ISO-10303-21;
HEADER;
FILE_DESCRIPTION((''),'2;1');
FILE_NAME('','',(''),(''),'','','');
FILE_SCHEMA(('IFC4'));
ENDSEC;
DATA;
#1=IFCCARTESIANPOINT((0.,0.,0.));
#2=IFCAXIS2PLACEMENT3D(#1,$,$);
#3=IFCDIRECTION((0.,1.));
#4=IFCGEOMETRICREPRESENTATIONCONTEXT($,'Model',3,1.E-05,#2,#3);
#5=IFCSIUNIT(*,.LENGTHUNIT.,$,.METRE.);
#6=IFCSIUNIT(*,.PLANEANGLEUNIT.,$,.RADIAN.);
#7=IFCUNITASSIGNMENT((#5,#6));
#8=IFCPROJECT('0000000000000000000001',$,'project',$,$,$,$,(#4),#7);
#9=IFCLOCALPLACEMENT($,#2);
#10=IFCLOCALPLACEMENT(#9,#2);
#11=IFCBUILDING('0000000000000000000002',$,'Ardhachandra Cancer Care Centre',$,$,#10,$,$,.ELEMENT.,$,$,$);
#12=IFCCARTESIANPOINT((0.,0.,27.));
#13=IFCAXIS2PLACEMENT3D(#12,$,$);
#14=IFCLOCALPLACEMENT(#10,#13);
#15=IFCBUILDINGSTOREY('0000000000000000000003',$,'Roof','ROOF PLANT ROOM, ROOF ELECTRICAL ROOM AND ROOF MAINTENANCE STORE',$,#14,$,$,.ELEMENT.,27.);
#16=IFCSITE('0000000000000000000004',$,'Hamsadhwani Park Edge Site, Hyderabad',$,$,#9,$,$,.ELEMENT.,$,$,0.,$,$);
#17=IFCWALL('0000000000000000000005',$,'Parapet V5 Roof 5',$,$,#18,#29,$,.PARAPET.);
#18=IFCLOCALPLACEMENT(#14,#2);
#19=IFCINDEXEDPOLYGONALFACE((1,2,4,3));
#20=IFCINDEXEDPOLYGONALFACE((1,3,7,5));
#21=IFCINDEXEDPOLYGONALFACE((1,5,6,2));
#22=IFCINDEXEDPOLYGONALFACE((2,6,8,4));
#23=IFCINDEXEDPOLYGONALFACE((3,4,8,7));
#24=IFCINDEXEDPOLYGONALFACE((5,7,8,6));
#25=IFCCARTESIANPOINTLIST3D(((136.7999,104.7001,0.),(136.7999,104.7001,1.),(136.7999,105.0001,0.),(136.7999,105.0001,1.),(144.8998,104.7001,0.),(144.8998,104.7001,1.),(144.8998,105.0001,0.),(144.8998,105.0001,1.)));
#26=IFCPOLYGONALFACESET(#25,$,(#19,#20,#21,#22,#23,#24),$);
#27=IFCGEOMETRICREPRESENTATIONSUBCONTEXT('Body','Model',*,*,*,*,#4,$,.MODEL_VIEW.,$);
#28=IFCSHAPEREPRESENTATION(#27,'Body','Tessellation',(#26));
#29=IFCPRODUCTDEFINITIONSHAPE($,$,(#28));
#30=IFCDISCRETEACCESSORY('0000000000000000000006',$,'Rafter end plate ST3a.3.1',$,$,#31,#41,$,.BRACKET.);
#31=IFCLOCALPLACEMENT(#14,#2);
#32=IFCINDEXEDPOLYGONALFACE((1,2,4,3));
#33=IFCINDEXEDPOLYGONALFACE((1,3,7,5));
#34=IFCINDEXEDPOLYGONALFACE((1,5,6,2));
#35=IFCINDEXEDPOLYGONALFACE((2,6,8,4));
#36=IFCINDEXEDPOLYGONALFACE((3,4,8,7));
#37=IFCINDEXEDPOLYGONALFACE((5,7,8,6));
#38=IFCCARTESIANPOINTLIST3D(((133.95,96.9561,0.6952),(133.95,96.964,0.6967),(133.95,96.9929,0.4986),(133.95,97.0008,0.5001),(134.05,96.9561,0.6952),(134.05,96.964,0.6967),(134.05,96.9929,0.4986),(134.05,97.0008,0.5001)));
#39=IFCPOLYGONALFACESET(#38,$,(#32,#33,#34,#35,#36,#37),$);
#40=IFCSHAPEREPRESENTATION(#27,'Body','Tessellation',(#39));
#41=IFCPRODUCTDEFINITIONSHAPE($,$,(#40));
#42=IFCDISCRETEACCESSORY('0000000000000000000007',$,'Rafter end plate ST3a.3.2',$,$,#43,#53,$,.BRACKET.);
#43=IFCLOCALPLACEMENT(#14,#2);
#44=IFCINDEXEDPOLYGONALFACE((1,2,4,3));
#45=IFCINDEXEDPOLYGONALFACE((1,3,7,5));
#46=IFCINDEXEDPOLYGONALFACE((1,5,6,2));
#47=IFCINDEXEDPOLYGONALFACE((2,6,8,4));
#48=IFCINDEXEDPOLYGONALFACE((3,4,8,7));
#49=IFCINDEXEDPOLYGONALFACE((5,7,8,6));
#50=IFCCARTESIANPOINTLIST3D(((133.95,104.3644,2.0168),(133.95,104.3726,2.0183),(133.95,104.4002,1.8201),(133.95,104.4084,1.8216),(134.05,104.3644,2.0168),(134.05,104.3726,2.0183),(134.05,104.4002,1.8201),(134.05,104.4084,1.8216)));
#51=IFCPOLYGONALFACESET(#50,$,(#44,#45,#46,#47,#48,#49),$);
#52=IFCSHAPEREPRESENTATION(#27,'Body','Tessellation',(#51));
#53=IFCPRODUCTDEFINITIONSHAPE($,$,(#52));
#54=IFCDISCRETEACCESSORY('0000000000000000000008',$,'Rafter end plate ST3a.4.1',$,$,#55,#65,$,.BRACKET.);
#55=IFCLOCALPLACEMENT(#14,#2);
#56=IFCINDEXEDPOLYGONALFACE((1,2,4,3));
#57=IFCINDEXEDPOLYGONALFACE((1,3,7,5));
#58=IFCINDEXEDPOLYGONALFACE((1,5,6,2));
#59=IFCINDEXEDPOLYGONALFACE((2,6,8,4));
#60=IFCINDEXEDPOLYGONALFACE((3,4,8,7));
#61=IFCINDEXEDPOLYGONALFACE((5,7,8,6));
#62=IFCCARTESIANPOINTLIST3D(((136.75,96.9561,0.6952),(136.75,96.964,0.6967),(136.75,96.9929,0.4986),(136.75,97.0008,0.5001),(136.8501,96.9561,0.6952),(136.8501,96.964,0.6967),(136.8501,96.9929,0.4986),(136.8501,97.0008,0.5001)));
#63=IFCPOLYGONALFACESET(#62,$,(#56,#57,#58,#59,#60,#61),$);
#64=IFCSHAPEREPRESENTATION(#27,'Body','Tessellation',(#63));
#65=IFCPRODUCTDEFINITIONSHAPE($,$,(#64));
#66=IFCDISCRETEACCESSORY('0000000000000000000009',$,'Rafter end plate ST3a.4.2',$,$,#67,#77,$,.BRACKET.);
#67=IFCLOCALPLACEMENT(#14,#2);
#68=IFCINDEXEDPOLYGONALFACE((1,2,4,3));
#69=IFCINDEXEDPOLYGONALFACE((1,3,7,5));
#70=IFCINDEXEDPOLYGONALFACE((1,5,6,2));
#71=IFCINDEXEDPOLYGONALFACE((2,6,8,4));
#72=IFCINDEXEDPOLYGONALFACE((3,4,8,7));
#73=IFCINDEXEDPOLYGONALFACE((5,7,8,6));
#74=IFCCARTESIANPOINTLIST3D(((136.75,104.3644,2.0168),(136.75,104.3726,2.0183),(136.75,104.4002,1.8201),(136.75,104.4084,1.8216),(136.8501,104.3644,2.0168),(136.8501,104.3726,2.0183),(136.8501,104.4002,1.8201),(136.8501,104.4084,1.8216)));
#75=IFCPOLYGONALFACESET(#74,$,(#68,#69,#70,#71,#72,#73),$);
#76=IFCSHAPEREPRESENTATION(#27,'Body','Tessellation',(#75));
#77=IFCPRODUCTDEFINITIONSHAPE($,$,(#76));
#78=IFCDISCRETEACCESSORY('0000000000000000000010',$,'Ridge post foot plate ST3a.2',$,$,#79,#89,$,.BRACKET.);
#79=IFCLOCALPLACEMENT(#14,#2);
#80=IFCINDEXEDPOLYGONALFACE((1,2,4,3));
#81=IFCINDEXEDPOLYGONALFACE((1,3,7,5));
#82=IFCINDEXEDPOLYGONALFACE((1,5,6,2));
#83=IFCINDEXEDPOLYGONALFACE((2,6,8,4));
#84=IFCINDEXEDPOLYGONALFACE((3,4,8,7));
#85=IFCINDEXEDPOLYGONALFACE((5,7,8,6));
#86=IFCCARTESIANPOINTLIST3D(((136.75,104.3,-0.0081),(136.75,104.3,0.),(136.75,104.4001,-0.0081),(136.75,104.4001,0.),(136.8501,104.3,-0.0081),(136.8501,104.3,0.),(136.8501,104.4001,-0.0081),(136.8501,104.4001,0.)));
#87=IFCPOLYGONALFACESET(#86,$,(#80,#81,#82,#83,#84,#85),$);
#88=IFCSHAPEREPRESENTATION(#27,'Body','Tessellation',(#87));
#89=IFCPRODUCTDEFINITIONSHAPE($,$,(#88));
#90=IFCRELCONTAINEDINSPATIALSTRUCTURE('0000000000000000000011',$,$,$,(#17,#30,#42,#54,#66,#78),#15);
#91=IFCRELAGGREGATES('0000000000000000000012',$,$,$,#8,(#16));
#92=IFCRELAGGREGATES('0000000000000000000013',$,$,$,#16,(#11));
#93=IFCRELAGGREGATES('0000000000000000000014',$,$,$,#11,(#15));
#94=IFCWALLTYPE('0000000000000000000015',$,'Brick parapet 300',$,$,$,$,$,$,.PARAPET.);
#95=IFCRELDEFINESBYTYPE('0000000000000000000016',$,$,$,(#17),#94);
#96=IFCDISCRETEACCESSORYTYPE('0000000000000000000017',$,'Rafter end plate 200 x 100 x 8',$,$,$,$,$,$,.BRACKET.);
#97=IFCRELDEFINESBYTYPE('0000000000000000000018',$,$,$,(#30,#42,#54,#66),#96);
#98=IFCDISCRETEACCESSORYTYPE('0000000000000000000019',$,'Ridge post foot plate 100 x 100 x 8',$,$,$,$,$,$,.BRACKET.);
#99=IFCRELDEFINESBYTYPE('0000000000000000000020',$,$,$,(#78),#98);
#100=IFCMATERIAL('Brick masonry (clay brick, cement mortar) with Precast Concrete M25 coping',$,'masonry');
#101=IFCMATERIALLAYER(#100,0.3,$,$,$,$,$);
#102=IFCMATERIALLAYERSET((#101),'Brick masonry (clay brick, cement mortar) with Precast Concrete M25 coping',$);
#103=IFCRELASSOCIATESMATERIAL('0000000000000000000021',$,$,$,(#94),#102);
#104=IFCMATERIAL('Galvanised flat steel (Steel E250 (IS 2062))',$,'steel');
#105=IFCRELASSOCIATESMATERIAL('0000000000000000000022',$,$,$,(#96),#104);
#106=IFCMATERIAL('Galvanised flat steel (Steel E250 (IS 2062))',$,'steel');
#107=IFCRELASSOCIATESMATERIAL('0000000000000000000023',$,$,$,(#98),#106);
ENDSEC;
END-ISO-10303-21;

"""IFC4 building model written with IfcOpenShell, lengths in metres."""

from ifc_helpers import new_model, si_unit, direction, frame, frame_2d, origin, origin_2d, place, context, subcontext, project, spatial, rectangle, extrude, material, layer, layer_set, material_profile, profile_set, type_object, element, save


model = new_model("IFC4")

# Units and contexts
model_context = context("Model", 3, precision=1e-05, world=origin(), true_north=direction((0.0, 1.0)))
body_context = subcontext(model_context, "Body", "Model", "MODEL_VIEW")
ifc_project = project(units=[si_unit("LENGTHUNIT", "METRE"), si_unit("PLANEANGLEUNIT", "RADIAN")], contexts=[model_context])

# Site, building, storey
site_placement = place(None, origin())
site = spatial("IfcSite", under=ifc_project, at=site_placement, Name="Hamsadhwani Park Edge Site, Hyderabad", CompositionType="ELEMENT", RefElevation=0.0)
building_placement = place(site_placement, origin())
building = spatial("IfcBuilding", under=site, at=building_placement, Name="Ardhachandra Cancer Care Centre", CompositionType="ELEMENT")
storey_placement = place(building_placement, frame((0.0, 0.0, 27.0)))
storey = spatial("IfcBuildingStorey", under=building, at=storey_placement, Name="Roof", Description="ROOF PLANT ROOM, ROOF ELECTRICAL ROOM AND ROOF MAINTENANCE STORE", CompositionType="ELEMENT", Elevation=27.0)

# Wall
ifc_material_1 = material(Name="Brick masonry (clay brick, cement mortar) with Precast Concrete M25 coping", Category="masonry")
ifc_layer_1 = layer(ifc_material_1, 0.3)
ifc_layer_set_1 = layer_set([ifc_layer_1], Name="Brick masonry (clay brick, cement mortar) with Precast Concrete M25 coping")
wall_type = type_object("IfcWallType", Name="Brick parapet 300", PredefinedType="PARAPET", material=ifc_layer_set_1)
wall_placement = place(storey_placement, frame((136.8, 104.8501, 0.0), z_axis=(0.0, 0.0, 1.0), x_axis=(1.0, 0.0, 0.0)))
element("IfcWall", 1, at=wall_placement, inside=storey, type_object=wall_type, Name="Parapet V5 Roof 5", PredefinedType="PARAPET", context=body_context, shape_type="SweptSolid", body=[
    extrude(rectangle(XDim=8.0999, YDim=0.3, at=frame_2d((4.0498, 0.0))), origin(), (0.0, 0.0, 1.0), 1.0),
])

# Discrete accessories
ifc_material_2 = material(Name="Galvanised flat steel (Steel E250 (IS 2062))", Category="steel")
ifc_material_profile_1 = material_profile(ifc_material_2, rectangle(XDim=0.1001, YDim=0.2, at=origin_2d()), Name="Rafter end plate 200 x 100 x 8")
ifc_profile_set_1 = profile_set([ifc_material_profile_1], Name="Galvanised flat steel (Steel E250 (IS 2062))")
discrete_accessory_type_1 = type_object("IfcDiscreteAccessoryType", Name="Rafter end plate 200 x 100 x 8", PredefinedType="BRACKET", material=ifc_profile_set_1)
discrete_accessory_1_placement = place(storey_placement, frame((134.0, 96.9824, 0.5984), z_axis=(0.0, -0.982872, -0.184289), x_axis=(1.0, 0.0, 0.0)))
element("IfcDiscreteAccessory", 2, at=discrete_accessory_1_placement, inside=storey, type_object=discrete_accessory_type_1, Name="Rafter end plate ST3a.3.1", PredefinedType="BRACKET", context=body_context, shape_type="SweptSolid", body=[
    extrude(rectangle(XDim=0.1001, YDim=0.2, at=origin_2d()), origin(), (0.0, 0.0, 1.0), 0.0081),
])
discrete_accessory_2_placement = place(storey_placement, frame((134.0, 104.3823, 1.9185), z_axis=(0.0, 0.98387, 0.178885), x_axis=(-1.0, 0.0, 0.0)))
element("IfcDiscreteAccessory", 3, at=discrete_accessory_2_placement, inside=storey, type_object=discrete_accessory_type_1, Name="Rafter end plate ST3a.3.2", PredefinedType="BRACKET", context=body_context, shape_type="SweptSolid", body=[
    extrude(rectangle(XDim=0.1001, YDim=0.2, at=origin_2d()), origin(), (0.0, 0.0, 1.0), 0.0083),
])
discrete_accessory_3_placement = place(storey_placement, frame((136.8, 96.9824, 0.5984), z_axis=(0.0, -0.982872, -0.184289), x_axis=(1.0, 0.0, 0.0)))
element("IfcDiscreteAccessory", 4, at=discrete_accessory_3_placement, inside=storey, type_object=discrete_accessory_type_1, Name="Rafter end plate ST3a.4.1", PredefinedType="BRACKET", context=body_context, shape_type="SweptSolid", body=[
    extrude(rectangle(XDim=0.1001, YDim=0.2, at=origin_2d()), origin(), (0.0, 0.0, 1.0), 0.0081),
])
discrete_accessory_4_placement = place(storey_placement, frame((136.8, 104.3823, 1.9185), z_axis=(0.0, 0.98387, 0.178885), x_axis=(-1.0, 0.0, 0.0)))
element("IfcDiscreteAccessory", 5, at=discrete_accessory_4_placement, inside=storey, type_object=discrete_accessory_type_1, Name="Rafter end plate ST3a.4.2", PredefinedType="BRACKET", context=body_context, shape_type="SweptSolid", body=[
    extrude(rectangle(XDim=0.1001, YDim=0.2, at=origin_2d()), origin(), (0.0, 0.0, 1.0), 0.0083),
])
ifc_material_3 = material(Name="Galvanised flat steel (Steel E250 (IS 2062))", Category="steel")
ifc_material_profile_2 = material_profile(ifc_material_3, rectangle(XDim=0.1001, YDim=0.1001, at=origin_2d()), Name="Ridge post foot plate 100 x 100 x 8")
ifc_profile_set_2 = profile_set([ifc_material_profile_2], Name="Galvanised flat steel (Steel E250 (IS 2062))")
discrete_accessory_type_2 = type_object("IfcDiscreteAccessoryType", Name="Ridge post foot plate 100 x 100 x 8", PredefinedType="BRACKET", material=ifc_profile_set_2)
discrete_accessory_5_placement = place(storey_placement, frame((136.8, 104.3501, 0.0), z_axis=(0.0, 0.0, -1.0), x_axis=(1.0, 0.0, 0.0)))
element("IfcDiscreteAccessory", 6, at=discrete_accessory_5_placement, inside=storey, type_object=discrete_accessory_type_2, Name="Ridge post foot plate ST3a.2", PredefinedType="BRACKET", context=body_context, shape_type="SweptSolid", body=[
    extrude(rectangle(XDim=0.1001, YDim=0.1001, at=origin_2d()), origin(), (0.0, 0.0, 1.0), 0.0081),
])

save(model, "model.ifc")
